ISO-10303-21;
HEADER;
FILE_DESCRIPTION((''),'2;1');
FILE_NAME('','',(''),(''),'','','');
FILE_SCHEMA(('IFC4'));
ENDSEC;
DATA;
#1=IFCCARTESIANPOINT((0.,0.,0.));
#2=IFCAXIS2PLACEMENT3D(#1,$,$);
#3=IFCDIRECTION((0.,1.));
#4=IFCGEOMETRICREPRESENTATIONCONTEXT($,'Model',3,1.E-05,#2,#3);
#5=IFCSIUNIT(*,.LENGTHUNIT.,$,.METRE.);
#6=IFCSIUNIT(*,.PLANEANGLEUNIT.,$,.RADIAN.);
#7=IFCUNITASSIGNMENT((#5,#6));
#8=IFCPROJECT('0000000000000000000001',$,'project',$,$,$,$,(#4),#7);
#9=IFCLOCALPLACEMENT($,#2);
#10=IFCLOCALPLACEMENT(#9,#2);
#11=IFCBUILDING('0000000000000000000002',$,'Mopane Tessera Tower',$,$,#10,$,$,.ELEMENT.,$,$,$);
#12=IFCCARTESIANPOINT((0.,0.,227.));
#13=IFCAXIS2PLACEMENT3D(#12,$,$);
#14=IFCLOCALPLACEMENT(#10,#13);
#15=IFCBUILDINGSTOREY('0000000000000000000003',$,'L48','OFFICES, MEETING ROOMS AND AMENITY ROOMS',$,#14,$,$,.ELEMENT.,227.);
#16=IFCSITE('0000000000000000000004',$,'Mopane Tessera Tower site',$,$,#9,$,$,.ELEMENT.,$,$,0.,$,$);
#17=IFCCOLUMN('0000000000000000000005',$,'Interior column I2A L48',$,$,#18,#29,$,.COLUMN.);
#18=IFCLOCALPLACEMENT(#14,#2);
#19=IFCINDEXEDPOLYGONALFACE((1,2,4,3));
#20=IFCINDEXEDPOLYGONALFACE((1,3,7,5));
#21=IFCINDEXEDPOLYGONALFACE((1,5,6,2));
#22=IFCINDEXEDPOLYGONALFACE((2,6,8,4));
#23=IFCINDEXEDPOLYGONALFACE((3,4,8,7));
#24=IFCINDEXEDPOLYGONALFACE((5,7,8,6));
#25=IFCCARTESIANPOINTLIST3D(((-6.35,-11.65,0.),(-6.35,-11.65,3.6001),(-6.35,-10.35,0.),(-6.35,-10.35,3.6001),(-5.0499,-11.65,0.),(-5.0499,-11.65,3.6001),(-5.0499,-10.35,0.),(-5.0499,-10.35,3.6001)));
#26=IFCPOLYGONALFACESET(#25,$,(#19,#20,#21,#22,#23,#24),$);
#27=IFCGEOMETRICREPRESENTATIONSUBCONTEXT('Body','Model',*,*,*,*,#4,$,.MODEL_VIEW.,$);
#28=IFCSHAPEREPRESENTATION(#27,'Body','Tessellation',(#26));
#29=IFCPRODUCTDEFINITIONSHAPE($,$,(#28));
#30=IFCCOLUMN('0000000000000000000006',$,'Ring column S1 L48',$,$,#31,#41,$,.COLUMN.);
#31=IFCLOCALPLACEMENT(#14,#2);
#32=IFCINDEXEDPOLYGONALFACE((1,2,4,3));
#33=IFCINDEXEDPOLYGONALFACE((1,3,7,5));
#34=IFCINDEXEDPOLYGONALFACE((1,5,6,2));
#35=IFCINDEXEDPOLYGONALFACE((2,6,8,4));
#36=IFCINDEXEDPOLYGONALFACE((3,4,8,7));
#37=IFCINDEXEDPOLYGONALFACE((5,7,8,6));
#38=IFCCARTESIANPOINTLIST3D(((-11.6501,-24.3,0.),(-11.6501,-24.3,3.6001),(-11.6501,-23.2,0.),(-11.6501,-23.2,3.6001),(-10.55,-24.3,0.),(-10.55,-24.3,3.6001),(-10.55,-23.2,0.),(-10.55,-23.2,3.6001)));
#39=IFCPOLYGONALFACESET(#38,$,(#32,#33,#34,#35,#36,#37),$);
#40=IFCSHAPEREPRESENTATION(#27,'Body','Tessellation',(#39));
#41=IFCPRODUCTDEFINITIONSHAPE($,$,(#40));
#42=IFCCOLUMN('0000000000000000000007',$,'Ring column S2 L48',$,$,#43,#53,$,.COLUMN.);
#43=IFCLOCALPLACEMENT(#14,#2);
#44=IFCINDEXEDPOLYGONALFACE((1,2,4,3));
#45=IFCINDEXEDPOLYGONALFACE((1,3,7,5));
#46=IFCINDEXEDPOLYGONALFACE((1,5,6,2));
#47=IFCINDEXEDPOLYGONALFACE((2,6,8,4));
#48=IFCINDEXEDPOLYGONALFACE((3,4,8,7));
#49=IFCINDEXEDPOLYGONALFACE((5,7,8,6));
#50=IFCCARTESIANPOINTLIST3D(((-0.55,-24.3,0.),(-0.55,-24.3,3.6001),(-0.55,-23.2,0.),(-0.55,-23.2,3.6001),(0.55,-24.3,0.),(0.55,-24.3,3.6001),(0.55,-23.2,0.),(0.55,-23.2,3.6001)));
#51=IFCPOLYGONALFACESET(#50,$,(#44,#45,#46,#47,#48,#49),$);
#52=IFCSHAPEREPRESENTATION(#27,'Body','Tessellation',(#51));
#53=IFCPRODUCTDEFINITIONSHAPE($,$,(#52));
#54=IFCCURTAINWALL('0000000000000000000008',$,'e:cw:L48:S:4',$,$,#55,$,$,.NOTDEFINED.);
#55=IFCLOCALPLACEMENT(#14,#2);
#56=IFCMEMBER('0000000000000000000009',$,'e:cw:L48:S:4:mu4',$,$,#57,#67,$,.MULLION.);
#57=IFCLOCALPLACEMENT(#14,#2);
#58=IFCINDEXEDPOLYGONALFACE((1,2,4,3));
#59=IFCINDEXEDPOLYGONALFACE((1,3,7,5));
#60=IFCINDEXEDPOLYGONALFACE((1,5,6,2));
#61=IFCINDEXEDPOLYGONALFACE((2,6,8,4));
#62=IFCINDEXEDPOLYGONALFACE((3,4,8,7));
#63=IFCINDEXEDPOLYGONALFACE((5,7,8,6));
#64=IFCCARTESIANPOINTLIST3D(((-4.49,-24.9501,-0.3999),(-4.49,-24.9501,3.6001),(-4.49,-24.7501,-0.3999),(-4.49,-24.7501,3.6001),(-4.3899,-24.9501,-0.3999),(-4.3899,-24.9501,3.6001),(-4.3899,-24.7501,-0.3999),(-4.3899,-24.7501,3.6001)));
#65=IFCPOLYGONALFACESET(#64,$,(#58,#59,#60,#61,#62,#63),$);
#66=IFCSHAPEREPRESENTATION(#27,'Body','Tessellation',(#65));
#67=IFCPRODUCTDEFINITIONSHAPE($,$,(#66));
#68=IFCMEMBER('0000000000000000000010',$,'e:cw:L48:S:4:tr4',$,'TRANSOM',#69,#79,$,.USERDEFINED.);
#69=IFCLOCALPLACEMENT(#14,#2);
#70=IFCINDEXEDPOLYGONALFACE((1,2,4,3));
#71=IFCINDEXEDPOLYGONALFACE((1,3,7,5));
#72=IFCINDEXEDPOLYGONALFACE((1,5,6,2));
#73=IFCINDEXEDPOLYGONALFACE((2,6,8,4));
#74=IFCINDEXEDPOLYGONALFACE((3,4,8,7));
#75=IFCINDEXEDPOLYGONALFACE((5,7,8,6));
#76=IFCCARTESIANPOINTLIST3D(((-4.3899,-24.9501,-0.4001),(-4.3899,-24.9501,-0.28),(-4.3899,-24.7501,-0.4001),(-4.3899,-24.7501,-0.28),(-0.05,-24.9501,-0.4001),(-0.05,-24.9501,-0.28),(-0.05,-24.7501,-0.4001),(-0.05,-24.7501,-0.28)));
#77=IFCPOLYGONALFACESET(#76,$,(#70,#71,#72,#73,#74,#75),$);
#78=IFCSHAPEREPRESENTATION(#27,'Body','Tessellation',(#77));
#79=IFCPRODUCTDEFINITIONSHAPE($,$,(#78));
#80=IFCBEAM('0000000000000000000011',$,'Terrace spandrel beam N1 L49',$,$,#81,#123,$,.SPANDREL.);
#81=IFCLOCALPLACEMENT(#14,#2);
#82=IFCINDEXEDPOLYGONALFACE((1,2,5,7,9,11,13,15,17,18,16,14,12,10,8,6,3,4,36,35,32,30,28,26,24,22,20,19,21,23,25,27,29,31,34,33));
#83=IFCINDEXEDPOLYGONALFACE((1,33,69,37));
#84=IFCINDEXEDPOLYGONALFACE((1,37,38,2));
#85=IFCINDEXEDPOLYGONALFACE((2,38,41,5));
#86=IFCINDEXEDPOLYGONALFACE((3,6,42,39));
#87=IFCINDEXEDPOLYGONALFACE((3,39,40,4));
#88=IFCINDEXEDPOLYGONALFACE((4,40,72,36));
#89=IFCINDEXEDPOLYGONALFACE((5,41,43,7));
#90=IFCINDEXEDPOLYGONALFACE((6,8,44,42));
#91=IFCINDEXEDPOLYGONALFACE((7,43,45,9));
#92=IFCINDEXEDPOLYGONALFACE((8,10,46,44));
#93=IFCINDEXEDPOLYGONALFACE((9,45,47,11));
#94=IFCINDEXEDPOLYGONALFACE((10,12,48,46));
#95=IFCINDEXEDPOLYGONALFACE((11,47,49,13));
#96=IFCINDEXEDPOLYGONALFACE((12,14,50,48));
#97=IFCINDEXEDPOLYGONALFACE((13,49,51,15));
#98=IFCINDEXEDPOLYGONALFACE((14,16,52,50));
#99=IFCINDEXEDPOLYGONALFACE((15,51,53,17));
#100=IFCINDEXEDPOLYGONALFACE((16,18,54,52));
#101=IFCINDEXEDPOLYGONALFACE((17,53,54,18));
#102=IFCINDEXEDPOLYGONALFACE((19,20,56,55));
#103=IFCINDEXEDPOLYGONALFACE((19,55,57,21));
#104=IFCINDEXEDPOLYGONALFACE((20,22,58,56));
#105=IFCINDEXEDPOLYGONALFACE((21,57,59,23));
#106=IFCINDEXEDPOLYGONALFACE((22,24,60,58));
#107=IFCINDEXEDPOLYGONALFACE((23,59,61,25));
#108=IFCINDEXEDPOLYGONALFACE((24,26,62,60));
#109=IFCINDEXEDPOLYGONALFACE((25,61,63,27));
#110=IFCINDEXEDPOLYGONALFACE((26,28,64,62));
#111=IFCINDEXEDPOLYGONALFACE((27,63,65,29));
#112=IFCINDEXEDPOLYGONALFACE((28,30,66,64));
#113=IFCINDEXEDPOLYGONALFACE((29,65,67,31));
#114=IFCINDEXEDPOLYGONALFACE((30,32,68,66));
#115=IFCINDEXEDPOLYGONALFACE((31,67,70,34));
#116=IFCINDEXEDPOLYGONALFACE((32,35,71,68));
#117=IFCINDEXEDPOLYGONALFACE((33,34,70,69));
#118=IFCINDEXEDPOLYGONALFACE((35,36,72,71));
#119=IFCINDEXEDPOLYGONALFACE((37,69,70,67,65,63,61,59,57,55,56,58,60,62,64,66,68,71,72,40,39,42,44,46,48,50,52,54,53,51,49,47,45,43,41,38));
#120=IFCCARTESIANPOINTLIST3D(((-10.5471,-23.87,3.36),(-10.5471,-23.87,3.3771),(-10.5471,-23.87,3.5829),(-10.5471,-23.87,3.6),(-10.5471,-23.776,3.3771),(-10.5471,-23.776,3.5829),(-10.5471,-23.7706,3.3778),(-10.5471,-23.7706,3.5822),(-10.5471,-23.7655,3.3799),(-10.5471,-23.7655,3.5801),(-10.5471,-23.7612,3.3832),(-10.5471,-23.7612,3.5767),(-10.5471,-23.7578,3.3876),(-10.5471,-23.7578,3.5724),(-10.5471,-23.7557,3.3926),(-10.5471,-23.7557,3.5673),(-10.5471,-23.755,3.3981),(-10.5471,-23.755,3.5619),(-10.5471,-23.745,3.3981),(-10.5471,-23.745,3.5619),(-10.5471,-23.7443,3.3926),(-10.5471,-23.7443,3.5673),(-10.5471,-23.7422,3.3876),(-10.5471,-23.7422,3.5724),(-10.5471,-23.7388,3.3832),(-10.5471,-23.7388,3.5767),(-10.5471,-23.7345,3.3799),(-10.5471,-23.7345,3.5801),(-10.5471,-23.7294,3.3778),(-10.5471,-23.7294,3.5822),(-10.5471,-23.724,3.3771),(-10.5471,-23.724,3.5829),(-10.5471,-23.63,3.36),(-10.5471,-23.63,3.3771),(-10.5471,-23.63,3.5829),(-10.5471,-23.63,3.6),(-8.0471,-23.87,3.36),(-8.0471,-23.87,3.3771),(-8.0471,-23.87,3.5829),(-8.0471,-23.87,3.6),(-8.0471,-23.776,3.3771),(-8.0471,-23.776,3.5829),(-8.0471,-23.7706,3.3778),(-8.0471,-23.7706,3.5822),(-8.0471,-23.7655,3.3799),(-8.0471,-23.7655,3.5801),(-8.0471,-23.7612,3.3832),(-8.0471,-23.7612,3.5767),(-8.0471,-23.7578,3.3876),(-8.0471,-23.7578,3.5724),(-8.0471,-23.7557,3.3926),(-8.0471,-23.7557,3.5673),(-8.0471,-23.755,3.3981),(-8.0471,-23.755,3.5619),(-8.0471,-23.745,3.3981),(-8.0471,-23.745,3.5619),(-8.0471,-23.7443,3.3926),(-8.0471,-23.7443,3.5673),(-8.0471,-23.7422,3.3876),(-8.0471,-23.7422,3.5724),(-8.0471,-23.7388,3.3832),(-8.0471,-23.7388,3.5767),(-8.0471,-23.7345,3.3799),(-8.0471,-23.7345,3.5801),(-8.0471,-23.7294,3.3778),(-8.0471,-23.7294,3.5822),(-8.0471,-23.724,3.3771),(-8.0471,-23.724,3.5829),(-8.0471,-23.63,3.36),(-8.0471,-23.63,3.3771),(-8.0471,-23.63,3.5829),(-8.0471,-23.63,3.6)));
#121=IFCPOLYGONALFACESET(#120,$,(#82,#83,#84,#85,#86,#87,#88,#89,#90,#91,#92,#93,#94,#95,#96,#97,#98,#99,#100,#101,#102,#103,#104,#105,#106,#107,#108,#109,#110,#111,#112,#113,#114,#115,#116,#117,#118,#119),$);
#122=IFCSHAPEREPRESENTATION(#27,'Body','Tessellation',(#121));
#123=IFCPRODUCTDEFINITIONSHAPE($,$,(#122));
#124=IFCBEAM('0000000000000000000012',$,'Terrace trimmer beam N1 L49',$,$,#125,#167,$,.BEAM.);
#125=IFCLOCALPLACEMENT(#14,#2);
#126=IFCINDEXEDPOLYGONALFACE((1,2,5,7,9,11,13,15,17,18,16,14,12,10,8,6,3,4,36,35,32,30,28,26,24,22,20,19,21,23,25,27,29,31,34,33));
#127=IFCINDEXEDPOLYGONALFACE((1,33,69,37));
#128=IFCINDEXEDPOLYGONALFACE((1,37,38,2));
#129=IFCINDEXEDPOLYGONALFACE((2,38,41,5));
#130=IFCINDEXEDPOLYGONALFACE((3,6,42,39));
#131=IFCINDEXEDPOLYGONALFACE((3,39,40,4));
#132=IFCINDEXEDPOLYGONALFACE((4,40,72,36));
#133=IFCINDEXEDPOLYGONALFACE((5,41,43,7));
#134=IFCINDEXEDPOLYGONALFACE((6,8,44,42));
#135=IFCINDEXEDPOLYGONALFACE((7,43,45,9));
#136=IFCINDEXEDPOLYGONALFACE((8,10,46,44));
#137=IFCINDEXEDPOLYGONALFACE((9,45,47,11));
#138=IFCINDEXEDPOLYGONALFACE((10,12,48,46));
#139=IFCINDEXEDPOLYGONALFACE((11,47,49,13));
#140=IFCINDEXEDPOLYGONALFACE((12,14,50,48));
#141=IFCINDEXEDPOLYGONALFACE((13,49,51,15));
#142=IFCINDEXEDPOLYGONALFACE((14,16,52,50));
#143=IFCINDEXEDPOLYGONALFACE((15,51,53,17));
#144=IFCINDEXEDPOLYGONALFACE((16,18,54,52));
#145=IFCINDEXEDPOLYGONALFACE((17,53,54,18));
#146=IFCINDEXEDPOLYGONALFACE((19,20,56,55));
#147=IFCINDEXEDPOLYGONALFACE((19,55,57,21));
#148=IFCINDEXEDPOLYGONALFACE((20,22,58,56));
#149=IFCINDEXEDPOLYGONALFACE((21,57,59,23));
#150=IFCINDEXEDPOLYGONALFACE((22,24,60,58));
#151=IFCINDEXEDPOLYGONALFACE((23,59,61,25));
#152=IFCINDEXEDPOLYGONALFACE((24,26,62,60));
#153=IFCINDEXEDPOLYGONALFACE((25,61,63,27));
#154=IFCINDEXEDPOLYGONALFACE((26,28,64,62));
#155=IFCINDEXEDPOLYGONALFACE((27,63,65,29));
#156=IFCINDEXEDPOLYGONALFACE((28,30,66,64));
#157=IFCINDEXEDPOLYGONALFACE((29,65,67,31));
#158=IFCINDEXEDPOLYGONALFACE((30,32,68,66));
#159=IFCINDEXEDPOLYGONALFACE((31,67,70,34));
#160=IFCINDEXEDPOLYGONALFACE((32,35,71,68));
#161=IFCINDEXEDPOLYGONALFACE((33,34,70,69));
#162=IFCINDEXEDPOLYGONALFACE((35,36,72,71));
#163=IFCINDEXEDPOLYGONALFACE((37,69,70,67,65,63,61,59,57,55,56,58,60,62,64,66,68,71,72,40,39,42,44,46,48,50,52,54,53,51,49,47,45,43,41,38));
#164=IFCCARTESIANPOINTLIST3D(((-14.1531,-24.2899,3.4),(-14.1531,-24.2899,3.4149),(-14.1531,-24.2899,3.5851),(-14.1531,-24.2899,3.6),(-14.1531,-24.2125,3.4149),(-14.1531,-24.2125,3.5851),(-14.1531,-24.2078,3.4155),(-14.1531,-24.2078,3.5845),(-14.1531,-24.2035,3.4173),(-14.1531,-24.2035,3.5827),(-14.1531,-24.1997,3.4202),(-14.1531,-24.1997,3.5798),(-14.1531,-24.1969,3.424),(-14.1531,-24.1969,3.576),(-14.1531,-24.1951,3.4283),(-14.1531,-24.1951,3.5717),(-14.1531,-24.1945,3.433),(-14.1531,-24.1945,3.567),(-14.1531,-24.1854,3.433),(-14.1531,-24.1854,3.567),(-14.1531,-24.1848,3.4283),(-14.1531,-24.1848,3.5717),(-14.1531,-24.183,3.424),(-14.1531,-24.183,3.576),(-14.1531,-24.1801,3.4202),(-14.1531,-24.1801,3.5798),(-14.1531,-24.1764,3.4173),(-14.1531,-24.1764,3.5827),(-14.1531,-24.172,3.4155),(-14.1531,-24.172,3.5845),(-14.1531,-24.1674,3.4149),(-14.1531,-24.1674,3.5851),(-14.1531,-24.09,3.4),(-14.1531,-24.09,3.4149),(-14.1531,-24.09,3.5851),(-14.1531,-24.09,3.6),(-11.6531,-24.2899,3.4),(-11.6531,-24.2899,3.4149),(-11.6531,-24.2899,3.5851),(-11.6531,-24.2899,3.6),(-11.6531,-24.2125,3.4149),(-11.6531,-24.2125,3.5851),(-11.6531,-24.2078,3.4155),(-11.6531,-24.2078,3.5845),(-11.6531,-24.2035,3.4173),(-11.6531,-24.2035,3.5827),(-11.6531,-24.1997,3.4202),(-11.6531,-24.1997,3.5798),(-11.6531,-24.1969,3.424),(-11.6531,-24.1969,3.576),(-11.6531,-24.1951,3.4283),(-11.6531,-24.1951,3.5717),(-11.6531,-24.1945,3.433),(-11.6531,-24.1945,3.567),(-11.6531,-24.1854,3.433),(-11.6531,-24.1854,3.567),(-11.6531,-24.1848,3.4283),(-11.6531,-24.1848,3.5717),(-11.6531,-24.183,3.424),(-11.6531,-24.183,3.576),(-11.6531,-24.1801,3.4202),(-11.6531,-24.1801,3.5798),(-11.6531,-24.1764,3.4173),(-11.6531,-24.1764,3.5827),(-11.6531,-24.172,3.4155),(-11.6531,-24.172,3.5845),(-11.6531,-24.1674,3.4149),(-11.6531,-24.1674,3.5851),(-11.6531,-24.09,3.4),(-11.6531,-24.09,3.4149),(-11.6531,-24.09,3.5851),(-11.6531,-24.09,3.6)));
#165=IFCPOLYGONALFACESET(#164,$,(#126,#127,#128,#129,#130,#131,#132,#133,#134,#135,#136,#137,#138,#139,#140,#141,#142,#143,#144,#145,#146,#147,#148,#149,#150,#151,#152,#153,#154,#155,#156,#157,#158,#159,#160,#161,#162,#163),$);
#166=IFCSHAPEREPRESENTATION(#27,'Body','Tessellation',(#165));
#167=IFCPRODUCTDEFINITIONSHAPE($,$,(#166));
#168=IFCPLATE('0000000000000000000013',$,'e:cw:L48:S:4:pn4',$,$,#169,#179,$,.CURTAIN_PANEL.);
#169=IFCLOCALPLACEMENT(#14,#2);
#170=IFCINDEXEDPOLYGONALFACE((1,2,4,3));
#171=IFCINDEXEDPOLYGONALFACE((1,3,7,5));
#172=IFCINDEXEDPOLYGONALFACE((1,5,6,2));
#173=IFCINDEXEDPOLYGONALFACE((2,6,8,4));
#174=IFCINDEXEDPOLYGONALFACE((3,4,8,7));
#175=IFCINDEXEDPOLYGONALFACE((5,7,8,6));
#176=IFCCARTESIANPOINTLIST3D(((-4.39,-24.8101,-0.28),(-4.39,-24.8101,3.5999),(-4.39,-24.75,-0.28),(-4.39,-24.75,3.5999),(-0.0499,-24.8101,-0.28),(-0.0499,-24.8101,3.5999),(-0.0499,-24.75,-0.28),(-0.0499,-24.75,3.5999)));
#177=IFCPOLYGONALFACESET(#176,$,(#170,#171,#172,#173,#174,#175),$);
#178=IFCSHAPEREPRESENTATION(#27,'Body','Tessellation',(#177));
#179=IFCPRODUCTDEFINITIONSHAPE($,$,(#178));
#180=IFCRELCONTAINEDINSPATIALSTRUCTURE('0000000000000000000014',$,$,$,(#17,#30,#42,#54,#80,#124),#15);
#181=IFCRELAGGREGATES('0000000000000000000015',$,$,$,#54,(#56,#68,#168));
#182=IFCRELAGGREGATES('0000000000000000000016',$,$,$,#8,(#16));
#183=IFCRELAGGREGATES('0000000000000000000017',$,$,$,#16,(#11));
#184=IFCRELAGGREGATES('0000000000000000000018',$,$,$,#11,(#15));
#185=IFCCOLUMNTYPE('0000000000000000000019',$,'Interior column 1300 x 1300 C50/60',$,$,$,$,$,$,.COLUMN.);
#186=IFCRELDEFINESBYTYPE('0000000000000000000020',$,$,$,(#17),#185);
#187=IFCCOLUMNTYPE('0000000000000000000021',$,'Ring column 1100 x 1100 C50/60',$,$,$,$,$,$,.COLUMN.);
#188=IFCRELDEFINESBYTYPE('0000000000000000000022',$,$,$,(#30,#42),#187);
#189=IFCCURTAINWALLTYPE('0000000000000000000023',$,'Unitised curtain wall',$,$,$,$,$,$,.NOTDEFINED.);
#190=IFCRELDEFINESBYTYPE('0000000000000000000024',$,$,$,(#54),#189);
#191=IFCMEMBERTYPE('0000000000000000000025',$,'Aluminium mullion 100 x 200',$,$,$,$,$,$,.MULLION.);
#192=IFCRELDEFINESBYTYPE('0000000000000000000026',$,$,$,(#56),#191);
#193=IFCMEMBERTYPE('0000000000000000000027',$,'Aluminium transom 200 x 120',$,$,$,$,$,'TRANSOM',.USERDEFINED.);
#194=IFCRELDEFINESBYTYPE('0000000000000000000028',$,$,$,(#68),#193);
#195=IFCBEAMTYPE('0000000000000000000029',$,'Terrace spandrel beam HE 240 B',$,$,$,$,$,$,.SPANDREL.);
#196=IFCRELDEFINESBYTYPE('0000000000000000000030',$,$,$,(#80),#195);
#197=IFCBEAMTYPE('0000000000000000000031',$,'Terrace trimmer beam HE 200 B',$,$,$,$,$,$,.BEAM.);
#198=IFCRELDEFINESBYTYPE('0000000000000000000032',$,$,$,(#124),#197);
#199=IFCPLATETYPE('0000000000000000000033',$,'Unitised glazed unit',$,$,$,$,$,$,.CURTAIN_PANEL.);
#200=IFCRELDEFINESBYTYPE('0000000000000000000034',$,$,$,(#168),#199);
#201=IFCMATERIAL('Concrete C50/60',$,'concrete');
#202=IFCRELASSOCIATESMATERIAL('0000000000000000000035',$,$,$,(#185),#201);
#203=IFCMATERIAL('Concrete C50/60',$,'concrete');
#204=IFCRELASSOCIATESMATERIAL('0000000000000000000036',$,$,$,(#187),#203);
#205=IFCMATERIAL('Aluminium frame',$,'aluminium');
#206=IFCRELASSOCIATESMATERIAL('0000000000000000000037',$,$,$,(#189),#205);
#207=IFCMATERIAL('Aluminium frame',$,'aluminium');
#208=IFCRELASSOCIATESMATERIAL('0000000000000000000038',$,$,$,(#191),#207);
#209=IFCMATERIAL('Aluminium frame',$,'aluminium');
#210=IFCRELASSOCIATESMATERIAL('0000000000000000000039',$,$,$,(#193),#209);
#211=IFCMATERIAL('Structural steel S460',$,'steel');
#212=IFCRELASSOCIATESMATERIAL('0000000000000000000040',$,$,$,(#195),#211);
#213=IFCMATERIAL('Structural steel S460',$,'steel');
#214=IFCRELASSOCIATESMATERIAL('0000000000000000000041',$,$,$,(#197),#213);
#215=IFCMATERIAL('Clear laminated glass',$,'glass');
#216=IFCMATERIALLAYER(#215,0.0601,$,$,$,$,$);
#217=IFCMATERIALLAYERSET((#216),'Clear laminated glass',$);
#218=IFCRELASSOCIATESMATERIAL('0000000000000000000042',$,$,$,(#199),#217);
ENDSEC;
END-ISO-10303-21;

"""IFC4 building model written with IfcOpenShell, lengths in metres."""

from ifc_helpers import new_model, si_unit, direction, frame, origin, origin_2d, place, context, subcontext, project, spatial, rectangle, i_section, extrude, material, layer, layer_set, material_profile, profile_set, type_object, element, aggregate, save


model = new_model("IFC4")

# Units and contexts
model_context = context("Model", 3, precision=1e-05, world=origin(), true_north=direction((0.0, 1.0)))
body_context = subcontext(model_context, "Body", "Model", "MODEL_VIEW")
ifc_project = project(units=[si_unit("LENGTHUNIT", "METRE"), si_unit("PLANEANGLEUNIT", "RADIAN")], contexts=[model_context])

# Site, building, storey
site_placement = place(None, origin())
site = spatial("IfcSite", under=ifc_project, at=site_placement, Name="Mopane Tessera Tower site", CompositionType="ELEMENT", RefElevation=0.0)
building_placement = place(site_placement, origin())
building = spatial("IfcBuilding", under=site, at=building_placement, Name="Mopane Tessera Tower", CompositionType="ELEMENT")
storey_placement = place(building_placement, frame((0.0, 0.0, 227.0)))
storey = spatial("IfcBuildingStorey", under=building, at=storey_placement, Name="L48", Description="OFFICES, MEETING ROOMS AND AMENITY ROOMS", CompositionType="ELEMENT", Elevation=227.0)

# Columns
ifc_material_1 = material(Name="Concrete C50/60", Category="concrete")
ifc_material_profile_1 = material_profile(ifc_material_1, rectangle(XDim=1.3, YDim=1.3, at=origin_2d()))
ifc_profile_set_1 = profile_set([ifc_material_profile_1], Name="Concrete C50/60")
column_type_1 = type_object("IfcColumnType", Name="Interior column 1300 x 1300 C50/60", PredefinedType="COLUMN", material=ifc_profile_set_1)
column_placement = place(storey_placement, frame((-5.7, -11.0, 0.0), z_axis=(0.0, 0.0, 1.0), x_axis=(1.0, 0.0, 0.0)))
element("IfcColumn", 1, at=column_placement, inside=storey, type_object=column_type_1, Name="Interior column I2A L48", PredefinedType="COLUMN", context=body_context, shape_type="SweptSolid", body=[
    extrude(rectangle(XDim=1.3, YDim=1.3, at=origin_2d()), origin(), (0.0, 0.0, 1.0), 3.6001),
])
ifc_material_2 = material(Name="Concrete C50/60", Category="concrete")
ifc_material_profile_2 = material_profile(ifc_material_2, rectangle(XDim=1.1001, YDim=1.1001, at=origin_2d()))
ifc_profile_set_2 = profile_set([ifc_material_profile_2], Name="Concrete C50/60")
column_type_2 = type_object("IfcColumnType", Name="Ring column 1100 x 1100 C50/60", PredefinedType="COLUMN", material=ifc_profile_set_2)
for number, where, z_axis, x_axis, name in (
    (2, (-11.1001, -23.75, 0.0), (0.0, 0.0, 1.0), (1.0, 0.0, 0.0), "Ring column S1 L48"),
    (3, (0.0, -23.75, 0.0), (0.0, 0.0, 1.0), (1.0, 0.0, 0.0), "Ring column S2 L48"),
):
    element("IfcColumn", number, at=place(storey_placement, frame(where, z_axis=z_axis, x_axis=x_axis)), inside=storey, type_object=column_type_2, Name=name, PredefinedType="COLUMN", context=body_context, shape_type="SweptSolid", body=[
        extrude(rectangle(XDim=1.1001, YDim=1.1001, at=origin_2d()), origin(), (0.0, 0.0, 1.0), 3.6001),
    ])

# Curtain wall, members
ifc_material_3 = material(Name="Aluminium frame", Category="aluminium")
curtain_wall_type = type_object("IfcCurtainWallType", Name="Unitised curtain wall", PredefinedType="NOTDEFINED", material=ifc_material_3)
curtain_wall_placement = place(storey_placement, origin())
curtain_wall = element("IfcCurtainWall", 4, at=curtain_wall_placement, inside=storey, type_object=curtain_wall_type, Name="e:cw:L48:S:4", PredefinedType="NOTDEFINED")
ifc_material_4 = material(Name="Aluminium frame", Category="aluminium")
ifc_material_profile_3 = material_profile(ifc_material_4, rectangle(XDim=0.1001, YDim=0.2, at=origin_2d()))
ifc_profile_set_3 = profile_set([ifc_material_profile_3], Name="Aluminium frame")
member_type_1 = type_object("IfcMemberType", Name="Aluminium mullion 100 x 200", PredefinedType="MULLION", material=ifc_profile_set_3)
member_1_placement = place(storey_placement, frame((-4.4399, -24.8501, -0.3999), z_axis=(0.0, 0.0, 1.0), x_axis=(1.0, 0.0, 0.0)))
member_1 = element("IfcMember", 5, at=member_1_placement, type_object=member_type_1, Name="e:cw:L48:S:4:mu4", PredefinedType="MULLION", context=body_context, shape_type="SweptSolid", body=[
    extrude(rectangle(XDim=0.1001, YDim=0.2, at=origin_2d()), origin(), (0.0, 0.0, 1.0), 4.0),
])
ifc_material_5 = material(Name="Aluminium frame", Category="aluminium")
ifc_material_profile_4 = material_profile(ifc_material_5, rectangle(XDim=0.2, YDim=0.1201, at=origin_2d()))
ifc_profile_set_4 = profile_set([ifc_material_profile_4], Name="Aluminium frame")
member_type_2 = type_object("IfcMemberType", Name="Aluminium transom 200 x 120", ElementType="TRANSOM", PredefinedType="USERDEFINED", material=ifc_profile_set_4)
member_2_placement = place(storey_placement, frame((-4.3899, -24.8501, -0.3401), z_axis=(1.0, 0.0, 0.0), x_axis=(0.0, 1.0, 0.0)))
member_2 = element("IfcMember", 6, at=member_2_placement, type_object=member_type_2, Name="e:cw:L48:S:4:tr4", ObjectType="TRANSOM", PredefinedType="USERDEFINED", context=body_context, shape_type="SweptSolid", body=[
    extrude(rectangle(XDim=0.2, YDim=0.1201, at=origin_2d()), origin(), (0.0, 0.0, 1.0), 4.3398),
])

# Beams
ifc_material_6 = material(Name="Structural steel S460", Category="steel")
ifc_material_profile_5 = material_profile(ifc_material_6, i_section(OverallWidth=0.24, OverallDepth=0.24, WebThickness=0.01, FlangeThickness=0.0171, FilletRadius=0.021, at=origin_2d()))
ifc_profile_set_5 = profile_set([ifc_material_profile_5], Name="Structural steel S460")
beam_type_1 = type_object("IfcBeamType", Name="Terrace spandrel beam HE 240 B", PredefinedType="SPANDREL", material=ifc_profile_set_5)
beam_1_placement = place(storey_placement, frame((-10.5471, -23.75, 3.48), z_axis=(1.0, 0.0, 0.0), x_axis=(0.0, 1.0, 0.0)))
element("IfcBeam", 7, at=beam_1_placement, inside=storey, type_object=beam_type_1, Name="Terrace spandrel beam N1 L49", PredefinedType="SPANDREL", context=body_context, shape_type="SweptSolid", body=[
    extrude(i_section(OverallWidth=0.24, OverallDepth=0.24, WebThickness=0.01, FlangeThickness=0.0171, FilletRadius=0.021, at=origin_2d()), origin(), (0.0, 0.0, 1.0), 2.5),
])
ifc_material_7 = material(Name="Structural steel S460", Category="steel")
ifc_material_profile_6 = material_profile(ifc_material_7, i_section(OverallWidth=0.2, OverallDepth=0.2, WebThickness=0.009, FlangeThickness=0.0149, FilletRadius=0.0181, at=origin_2d()))
ifc_profile_set_6 = profile_set([ifc_material_profile_6], Name="Structural steel S460")
beam_type_2 = type_object("IfcBeamType", Name="Terrace trimmer beam HE 200 B", PredefinedType="BEAM", material=ifc_profile_set_6)
beam_2_placement = place(storey_placement, frame((-11.6531, -24.1899, 3.5), z_axis=(-1.0, 0.0, 0.0), x_axis=(0.0, -1.0, 0.0)))
element("IfcBeam", 8, at=beam_2_placement, inside=storey, type_object=beam_type_2, Name="Terrace trimmer beam N1 L49", PredefinedType="BEAM", context=body_context, shape_type="SweptSolid", body=[
    extrude(i_section(OverallWidth=0.2, OverallDepth=0.2, WebThickness=0.009, FlangeThickness=0.0149, FilletRadius=0.0181, at=origin_2d()), origin(), (0.0, 0.0, 1.0), 2.5),
])

# Plate
ifc_material_8 = material(Name="Clear laminated glass", Category="glass")
ifc_layer_1 = layer(ifc_material_8, 0.0601)
ifc_layer_set_1 = layer_set([ifc_layer_1], Name="Clear laminated glass")
plate_type = type_object("IfcPlateType", Name="Unitised glazed unit", PredefinedType="CURTAIN_PANEL", material=ifc_layer_set_1)
plate_placement = place(storey_placement, frame((-2.22, -24.78, -0.28), z_axis=(0.0, 0.0, 1.0), x_axis=(1.0, 0.0, 0.0)))
plate = element("IfcPlate", 9, at=plate_placement, type_object=plate_type, Name="e:cw:L48:S:4:pn4", PredefinedType="CURTAIN_PANEL", context=body_context, shape_type="SweptSolid", body=[
    extrude(rectangle(XDim=4.3401, YDim=0.0601, at=origin_2d()), origin(), (0.0, 0.0, 1.0), 3.8799),
])
aggregate(curtain_wall, [member_1, member_2, plate])

save(model, "model.ifc")
